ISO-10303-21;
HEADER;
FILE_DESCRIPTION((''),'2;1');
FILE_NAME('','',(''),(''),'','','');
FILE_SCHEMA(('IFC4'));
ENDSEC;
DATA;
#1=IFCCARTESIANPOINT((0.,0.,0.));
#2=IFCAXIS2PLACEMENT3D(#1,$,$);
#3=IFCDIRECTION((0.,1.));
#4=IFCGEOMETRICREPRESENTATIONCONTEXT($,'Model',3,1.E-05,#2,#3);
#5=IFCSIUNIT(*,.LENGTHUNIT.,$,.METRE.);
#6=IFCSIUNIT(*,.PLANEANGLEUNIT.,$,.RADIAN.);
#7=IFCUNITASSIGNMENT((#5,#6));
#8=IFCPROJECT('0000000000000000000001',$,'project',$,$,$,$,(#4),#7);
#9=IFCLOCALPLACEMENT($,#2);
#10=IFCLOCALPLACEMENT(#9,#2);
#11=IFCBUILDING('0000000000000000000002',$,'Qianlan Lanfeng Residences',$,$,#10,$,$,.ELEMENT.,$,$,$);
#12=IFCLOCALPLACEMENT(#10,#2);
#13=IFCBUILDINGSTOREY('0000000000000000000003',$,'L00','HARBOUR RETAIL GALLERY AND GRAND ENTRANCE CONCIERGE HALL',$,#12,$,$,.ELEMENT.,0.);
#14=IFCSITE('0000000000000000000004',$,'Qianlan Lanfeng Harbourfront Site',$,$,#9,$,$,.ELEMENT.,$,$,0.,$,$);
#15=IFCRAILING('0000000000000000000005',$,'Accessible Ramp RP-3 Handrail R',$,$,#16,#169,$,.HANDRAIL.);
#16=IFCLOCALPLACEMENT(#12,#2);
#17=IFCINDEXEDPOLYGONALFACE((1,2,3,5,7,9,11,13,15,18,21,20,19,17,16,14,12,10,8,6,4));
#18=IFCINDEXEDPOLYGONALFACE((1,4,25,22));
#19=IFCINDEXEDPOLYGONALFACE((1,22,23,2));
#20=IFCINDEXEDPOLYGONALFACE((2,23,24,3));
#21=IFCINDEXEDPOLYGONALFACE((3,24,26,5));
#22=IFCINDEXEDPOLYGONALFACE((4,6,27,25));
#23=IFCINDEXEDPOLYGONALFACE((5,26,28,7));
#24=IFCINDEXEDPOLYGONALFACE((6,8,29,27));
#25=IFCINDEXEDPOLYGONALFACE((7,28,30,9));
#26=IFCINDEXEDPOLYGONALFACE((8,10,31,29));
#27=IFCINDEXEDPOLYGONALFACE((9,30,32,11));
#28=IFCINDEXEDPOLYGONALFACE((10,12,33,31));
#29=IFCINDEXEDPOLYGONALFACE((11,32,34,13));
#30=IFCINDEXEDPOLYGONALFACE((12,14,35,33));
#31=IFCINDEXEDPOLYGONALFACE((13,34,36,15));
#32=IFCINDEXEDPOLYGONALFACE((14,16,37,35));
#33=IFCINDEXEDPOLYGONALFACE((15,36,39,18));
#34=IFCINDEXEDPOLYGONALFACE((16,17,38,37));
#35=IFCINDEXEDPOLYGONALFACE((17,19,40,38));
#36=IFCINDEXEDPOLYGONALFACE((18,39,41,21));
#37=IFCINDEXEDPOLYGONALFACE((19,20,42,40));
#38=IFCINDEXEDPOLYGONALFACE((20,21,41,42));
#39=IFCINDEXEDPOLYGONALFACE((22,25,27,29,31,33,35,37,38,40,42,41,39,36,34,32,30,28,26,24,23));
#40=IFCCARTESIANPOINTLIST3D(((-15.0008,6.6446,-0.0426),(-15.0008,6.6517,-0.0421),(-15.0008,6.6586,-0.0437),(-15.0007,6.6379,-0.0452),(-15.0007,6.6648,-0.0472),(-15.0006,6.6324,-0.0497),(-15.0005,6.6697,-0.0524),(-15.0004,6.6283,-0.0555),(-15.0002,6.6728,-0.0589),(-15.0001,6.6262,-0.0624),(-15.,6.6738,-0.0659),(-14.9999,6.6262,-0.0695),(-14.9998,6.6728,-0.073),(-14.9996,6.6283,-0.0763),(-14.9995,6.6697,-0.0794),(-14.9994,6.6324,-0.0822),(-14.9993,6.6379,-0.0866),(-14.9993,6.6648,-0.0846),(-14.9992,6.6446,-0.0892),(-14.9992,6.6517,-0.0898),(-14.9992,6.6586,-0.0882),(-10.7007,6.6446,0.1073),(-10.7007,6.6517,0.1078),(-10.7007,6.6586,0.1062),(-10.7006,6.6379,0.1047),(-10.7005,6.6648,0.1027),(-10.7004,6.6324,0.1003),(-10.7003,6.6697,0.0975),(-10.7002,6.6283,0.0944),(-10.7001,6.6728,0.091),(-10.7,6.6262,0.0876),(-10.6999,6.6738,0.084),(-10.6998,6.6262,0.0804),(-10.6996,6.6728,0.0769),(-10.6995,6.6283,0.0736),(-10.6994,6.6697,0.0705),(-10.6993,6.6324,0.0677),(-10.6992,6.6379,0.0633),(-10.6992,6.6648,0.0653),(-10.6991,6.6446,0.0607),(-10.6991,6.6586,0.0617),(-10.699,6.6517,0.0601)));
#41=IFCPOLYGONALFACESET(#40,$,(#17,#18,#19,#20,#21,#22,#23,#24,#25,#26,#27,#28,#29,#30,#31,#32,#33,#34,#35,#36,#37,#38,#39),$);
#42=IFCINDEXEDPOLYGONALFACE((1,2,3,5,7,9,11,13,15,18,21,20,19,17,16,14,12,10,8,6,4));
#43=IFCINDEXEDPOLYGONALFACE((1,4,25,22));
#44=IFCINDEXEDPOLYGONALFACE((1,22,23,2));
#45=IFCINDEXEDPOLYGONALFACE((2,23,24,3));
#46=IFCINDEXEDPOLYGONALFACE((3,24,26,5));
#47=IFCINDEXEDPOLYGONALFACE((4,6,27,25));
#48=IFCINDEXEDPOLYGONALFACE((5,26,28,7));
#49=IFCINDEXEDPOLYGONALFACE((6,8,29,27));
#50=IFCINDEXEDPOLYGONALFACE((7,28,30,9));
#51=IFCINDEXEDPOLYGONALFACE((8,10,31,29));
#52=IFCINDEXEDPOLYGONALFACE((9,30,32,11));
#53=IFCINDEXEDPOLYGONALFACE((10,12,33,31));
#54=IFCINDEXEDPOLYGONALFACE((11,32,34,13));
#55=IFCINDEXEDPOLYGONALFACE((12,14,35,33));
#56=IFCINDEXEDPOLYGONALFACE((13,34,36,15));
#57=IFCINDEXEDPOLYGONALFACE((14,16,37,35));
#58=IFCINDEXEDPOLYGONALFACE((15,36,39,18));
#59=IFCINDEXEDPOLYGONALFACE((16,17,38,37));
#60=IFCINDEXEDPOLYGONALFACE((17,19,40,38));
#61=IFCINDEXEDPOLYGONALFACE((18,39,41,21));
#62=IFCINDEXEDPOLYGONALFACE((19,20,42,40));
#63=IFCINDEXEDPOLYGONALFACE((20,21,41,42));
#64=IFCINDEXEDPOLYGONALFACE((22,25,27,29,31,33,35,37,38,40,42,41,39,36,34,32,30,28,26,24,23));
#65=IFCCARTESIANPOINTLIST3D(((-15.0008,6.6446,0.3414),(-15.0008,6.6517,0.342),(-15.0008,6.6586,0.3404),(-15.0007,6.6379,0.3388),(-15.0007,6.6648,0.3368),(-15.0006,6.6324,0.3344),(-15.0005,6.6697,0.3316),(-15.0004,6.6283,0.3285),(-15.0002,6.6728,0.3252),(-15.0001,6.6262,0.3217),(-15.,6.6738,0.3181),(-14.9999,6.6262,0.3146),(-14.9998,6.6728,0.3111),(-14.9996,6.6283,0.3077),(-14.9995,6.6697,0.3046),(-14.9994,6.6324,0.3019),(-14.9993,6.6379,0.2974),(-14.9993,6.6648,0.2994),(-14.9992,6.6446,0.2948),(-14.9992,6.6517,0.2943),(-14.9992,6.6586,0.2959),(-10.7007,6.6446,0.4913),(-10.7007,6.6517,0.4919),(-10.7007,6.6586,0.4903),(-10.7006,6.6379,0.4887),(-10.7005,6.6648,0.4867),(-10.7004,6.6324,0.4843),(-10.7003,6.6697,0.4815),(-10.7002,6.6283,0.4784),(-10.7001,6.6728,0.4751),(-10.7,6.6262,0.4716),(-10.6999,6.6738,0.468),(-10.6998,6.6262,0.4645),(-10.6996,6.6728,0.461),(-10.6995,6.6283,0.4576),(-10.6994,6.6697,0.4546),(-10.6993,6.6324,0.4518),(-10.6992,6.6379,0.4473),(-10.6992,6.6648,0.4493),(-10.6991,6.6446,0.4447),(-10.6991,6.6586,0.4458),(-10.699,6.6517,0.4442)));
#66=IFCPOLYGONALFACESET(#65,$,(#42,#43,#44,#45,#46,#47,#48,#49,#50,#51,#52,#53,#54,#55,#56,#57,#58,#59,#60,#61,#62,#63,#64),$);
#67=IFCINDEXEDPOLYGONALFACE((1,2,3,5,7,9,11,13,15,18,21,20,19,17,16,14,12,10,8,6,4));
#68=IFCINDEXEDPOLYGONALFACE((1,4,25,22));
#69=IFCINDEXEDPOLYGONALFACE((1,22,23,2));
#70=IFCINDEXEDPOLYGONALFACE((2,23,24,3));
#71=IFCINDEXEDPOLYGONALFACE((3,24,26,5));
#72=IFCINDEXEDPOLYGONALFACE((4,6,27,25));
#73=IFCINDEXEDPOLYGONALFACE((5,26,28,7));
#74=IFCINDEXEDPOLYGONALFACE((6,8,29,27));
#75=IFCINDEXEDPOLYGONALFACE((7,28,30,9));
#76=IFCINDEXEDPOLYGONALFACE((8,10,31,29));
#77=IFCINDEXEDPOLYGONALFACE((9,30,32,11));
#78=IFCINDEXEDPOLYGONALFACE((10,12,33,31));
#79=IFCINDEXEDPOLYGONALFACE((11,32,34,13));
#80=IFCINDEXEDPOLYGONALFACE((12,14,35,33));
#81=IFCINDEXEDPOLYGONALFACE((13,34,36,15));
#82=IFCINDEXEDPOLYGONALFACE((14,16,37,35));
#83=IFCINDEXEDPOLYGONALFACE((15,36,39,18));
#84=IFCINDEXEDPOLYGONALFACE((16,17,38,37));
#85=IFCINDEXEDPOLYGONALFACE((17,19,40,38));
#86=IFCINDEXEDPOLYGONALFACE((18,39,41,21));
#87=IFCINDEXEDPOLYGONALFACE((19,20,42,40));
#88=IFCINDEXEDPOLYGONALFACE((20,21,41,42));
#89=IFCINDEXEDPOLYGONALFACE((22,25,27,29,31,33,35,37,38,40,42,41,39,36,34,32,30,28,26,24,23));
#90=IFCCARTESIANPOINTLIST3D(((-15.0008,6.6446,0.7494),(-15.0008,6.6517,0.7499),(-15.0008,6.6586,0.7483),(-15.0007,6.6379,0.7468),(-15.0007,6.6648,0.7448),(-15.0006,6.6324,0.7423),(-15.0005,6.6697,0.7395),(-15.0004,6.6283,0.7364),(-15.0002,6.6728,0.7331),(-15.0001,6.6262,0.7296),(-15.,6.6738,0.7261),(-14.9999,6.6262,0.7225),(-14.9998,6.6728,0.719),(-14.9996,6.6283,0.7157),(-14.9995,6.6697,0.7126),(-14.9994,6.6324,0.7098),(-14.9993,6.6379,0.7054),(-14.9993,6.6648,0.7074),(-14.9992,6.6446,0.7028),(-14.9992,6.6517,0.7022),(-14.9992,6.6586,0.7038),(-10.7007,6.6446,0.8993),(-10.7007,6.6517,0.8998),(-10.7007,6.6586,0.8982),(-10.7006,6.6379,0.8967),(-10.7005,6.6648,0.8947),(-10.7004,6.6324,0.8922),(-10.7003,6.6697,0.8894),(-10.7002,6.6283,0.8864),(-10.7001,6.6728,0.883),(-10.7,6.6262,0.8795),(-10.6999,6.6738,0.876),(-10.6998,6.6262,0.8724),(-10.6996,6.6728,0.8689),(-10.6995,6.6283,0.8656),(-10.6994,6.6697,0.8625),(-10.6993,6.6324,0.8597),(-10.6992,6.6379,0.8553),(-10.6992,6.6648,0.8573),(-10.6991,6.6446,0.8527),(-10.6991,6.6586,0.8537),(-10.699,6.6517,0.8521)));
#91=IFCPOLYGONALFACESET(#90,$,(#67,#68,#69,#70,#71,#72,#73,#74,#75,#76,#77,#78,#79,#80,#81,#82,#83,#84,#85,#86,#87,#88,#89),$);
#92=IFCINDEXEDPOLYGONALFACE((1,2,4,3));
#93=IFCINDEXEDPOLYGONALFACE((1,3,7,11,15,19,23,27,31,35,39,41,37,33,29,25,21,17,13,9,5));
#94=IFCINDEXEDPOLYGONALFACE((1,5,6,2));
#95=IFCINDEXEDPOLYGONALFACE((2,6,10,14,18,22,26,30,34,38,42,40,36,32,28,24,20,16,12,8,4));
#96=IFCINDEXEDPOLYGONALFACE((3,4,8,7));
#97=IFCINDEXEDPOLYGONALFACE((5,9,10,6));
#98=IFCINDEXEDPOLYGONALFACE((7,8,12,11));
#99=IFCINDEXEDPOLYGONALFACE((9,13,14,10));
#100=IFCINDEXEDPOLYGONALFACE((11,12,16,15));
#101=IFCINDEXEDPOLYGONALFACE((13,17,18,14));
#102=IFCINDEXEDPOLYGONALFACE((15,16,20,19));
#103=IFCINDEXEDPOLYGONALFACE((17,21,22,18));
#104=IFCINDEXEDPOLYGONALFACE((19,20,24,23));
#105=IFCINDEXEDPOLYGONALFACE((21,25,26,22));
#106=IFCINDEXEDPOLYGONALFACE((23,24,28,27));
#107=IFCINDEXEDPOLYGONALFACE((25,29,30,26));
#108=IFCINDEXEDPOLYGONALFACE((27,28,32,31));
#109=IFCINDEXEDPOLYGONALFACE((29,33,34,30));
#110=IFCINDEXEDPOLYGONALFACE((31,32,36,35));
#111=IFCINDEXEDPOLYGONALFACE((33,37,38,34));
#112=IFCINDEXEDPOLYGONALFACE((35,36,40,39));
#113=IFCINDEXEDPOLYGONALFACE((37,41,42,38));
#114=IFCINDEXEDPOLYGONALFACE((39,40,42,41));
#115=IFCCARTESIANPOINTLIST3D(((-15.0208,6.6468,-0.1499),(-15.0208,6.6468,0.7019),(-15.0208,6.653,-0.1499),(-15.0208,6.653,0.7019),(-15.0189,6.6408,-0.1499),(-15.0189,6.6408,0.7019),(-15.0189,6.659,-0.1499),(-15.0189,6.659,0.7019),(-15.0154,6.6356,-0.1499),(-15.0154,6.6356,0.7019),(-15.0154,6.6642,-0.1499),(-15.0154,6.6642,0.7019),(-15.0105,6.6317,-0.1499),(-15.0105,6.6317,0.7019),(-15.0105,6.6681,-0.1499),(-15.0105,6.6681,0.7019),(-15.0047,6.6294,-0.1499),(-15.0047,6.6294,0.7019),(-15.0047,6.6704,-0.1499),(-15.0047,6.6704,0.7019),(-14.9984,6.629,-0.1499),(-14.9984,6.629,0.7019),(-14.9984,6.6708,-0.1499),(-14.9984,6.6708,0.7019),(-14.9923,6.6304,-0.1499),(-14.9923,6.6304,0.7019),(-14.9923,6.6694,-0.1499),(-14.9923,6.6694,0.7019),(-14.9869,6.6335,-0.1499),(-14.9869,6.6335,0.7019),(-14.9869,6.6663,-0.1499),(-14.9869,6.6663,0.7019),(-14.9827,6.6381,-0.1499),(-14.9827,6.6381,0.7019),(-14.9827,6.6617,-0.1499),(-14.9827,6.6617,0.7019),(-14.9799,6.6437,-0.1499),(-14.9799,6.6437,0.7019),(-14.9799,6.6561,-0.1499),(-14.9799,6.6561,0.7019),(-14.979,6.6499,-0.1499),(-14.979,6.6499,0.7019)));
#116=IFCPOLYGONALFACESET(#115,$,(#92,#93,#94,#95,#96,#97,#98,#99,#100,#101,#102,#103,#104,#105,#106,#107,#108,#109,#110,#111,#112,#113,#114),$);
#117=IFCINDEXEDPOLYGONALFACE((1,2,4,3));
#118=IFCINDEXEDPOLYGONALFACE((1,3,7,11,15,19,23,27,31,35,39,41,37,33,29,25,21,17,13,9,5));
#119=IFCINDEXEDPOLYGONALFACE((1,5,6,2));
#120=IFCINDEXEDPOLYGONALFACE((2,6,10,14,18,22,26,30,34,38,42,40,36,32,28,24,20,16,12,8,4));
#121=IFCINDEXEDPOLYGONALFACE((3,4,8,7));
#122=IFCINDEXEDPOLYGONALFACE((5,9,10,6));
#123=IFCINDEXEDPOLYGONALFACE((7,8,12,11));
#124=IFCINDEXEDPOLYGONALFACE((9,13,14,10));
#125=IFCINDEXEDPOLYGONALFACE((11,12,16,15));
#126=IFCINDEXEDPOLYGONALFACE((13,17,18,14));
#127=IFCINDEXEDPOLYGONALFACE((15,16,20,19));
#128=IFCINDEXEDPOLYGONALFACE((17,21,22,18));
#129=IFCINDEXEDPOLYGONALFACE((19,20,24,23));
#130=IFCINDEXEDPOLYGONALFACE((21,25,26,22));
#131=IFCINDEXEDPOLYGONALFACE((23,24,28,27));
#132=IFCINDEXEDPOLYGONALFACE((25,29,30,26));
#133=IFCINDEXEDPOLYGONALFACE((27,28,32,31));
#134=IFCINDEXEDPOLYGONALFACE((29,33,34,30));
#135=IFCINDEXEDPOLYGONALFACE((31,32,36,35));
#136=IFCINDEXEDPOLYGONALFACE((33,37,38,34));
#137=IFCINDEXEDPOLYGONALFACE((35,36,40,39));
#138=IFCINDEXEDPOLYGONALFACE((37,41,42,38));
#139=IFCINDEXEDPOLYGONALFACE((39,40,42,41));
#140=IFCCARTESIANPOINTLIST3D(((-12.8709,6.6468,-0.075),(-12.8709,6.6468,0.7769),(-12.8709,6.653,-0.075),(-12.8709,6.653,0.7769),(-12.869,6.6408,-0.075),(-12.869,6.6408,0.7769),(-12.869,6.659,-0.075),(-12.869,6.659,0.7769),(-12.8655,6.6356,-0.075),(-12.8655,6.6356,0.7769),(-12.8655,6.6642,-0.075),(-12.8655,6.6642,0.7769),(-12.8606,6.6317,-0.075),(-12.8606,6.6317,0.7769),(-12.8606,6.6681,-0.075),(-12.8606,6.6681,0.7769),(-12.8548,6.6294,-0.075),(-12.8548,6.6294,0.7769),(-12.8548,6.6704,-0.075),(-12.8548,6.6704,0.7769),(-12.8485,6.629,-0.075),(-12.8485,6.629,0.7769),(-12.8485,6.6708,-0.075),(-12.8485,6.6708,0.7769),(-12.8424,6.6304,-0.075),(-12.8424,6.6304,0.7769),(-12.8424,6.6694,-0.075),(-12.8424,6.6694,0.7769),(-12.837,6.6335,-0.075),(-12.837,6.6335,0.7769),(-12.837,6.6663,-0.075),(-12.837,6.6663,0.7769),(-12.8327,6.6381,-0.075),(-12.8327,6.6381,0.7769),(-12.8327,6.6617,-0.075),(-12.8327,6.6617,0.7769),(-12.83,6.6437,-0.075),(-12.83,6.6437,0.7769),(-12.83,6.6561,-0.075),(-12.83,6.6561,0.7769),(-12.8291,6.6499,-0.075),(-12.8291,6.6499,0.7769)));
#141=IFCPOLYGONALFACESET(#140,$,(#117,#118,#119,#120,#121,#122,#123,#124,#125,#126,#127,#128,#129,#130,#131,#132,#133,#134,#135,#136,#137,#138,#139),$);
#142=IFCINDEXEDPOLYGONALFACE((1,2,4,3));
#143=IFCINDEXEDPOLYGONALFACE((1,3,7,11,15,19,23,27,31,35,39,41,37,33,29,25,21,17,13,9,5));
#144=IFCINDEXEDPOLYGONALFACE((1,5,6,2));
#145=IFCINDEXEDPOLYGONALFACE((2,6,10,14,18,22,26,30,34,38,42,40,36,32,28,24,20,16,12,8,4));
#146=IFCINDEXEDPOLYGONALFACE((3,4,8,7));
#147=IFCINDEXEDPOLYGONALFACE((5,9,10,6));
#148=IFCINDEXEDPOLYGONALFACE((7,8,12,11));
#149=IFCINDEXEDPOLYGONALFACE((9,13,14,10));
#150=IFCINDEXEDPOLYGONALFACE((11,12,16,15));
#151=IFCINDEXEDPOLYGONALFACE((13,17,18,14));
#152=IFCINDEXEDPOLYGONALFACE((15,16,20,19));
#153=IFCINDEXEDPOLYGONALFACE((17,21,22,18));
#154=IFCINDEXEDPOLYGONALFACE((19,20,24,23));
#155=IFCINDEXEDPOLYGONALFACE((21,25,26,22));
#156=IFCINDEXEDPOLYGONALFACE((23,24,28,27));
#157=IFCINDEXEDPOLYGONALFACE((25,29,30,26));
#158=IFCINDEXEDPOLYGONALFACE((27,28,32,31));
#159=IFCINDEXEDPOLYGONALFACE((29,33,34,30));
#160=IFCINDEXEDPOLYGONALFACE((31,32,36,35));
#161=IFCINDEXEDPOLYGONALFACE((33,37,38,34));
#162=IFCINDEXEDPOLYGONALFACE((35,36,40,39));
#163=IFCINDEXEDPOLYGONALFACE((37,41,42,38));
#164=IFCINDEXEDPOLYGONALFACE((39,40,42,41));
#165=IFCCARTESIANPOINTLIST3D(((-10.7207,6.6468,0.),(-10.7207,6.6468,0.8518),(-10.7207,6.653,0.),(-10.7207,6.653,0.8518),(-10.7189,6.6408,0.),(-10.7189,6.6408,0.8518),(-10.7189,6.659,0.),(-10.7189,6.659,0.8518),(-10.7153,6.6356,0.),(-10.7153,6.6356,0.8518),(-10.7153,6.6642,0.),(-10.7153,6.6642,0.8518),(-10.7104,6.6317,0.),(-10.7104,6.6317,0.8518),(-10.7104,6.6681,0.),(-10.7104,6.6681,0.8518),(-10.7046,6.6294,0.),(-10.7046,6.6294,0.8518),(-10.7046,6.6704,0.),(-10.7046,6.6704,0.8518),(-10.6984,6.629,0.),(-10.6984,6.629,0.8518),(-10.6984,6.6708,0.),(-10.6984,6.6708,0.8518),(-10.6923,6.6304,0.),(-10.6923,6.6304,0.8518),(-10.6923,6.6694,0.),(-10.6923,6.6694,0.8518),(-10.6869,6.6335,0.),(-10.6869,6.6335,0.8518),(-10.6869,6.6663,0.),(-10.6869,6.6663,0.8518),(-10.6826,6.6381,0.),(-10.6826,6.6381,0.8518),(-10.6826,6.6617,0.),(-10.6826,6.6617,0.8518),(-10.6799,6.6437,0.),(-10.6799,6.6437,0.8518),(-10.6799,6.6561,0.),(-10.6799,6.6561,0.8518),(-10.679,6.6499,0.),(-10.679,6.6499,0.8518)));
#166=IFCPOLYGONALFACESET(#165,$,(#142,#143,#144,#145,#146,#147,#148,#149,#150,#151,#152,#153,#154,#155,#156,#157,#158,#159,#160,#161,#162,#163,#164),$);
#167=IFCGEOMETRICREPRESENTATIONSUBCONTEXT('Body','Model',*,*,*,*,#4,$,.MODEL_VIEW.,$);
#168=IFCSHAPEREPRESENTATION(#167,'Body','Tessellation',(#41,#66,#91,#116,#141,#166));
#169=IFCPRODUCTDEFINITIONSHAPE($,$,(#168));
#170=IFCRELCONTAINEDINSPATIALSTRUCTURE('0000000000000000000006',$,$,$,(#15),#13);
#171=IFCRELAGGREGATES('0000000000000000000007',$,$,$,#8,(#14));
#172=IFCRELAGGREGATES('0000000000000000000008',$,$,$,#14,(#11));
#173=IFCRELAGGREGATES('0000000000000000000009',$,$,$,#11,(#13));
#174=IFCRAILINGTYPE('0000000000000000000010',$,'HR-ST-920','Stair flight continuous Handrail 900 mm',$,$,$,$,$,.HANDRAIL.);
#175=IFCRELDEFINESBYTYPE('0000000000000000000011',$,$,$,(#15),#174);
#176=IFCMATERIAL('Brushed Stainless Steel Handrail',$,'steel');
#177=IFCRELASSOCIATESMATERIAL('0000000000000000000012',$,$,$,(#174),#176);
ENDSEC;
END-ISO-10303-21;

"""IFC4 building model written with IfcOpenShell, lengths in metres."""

from ifc_helpers import new_model, si_unit, direction, frame, origin, origin_2d, place, context, subcontext, project, spatial, circle, extrude, material, type_object, element, save


model = new_model("IFC4")

# Units and contexts
model_context = context("Model", 3, precision=1e-05, world=origin(), true_north=direction((0.0, 1.0)))
body_context = subcontext(model_context, "Body", "Model", "MODEL_VIEW")
ifc_project = project(units=[si_unit("LENGTHUNIT", "METRE"), si_unit("PLANEANGLEUNIT", "RADIAN")], contexts=[model_context])

# Site, building, storey
site_placement = place(None, origin())
site = spatial("IfcSite", under=ifc_project, at=site_placement, Name="Qianlan Lanfeng Harbourfront Site", CompositionType="ELEMENT", RefElevation=0.0)
building_placement = place(site_placement, origin())
building = spatial("IfcBuilding", under=site, at=building_placement, Name="Qianlan Lanfeng Residences", CompositionType="ELEMENT")
storey_placement = place(building_placement, origin())
storey = spatial("IfcBuildingStorey", under=building, at=storey_placement, Name="L00", Description="HARBOUR RETAIL GALLERY AND GRAND ENTRANCE CONCIERGE HALL", CompositionType="ELEMENT", Elevation=0.0)

# Railing
ifc_material_1 = material(Name="Brushed Stainless Steel Handrail", Category="steel")
railing_type = type_object("IfcRailingType", Name="HR-ST-920", Description="Stair flight continuous Handrail 900 mm", PredefinedType="HANDRAIL", material=ifc_material_1)
for number, where, name in (
    (1, (-15.0, 6.6499, -0.1499), "Accessible Ramp RP-3 Handrail R"),
):
    element("IfcRailing", number, at=place(storey_placement, frame(where)), inside=storey, type_object=railing_type, Name=name, PredefinedType="HANDRAIL", context=body_context, shape_type="SweptSolid", body=[
        extrude(circle(Radius=0.0239, at=origin_2d()), frame((0.0, 0.0, 0.084), z_axis=(0.999393, 0.0, 0.034839), x_axis=(0.0, 1.0, 0.0)), (0.0, 0.0, 1.0), 4.3027),
        extrude(circle(Radius=0.0239, at=origin_2d()), frame((0.0, 0.0, 0.468), z_axis=(0.999393, 0.0, 0.034839), x_axis=(0.0, 1.0, 0.0)), (0.0, 0.0, 1.0), 4.3027),
        extrude(circle(Radius=0.0239, at=origin_2d()), frame((0.0, 0.0, 0.876), z_axis=(0.999393, 0.0, 0.034839), x_axis=(0.0, 1.0, 0.0)), (0.0, 0.0, 1.0), 4.3027),
        extrude(circle(Radius=0.021, at=origin_2d()), origin(), (0.0, 0.0, 1.0), 0.8518),
        extrude(circle(Radius=0.021, at=origin_2d()), frame((2.1499, 0.0, 0.075)), (0.0, 0.0, 1.0), 0.8518),
        extrude(circle(Radius=0.021, at=origin_2d()), frame((4.3, 0.0, 0.1499)), (0.0, 0.0, 1.0), 0.8518),
    ])

save(model, "model.ifc")
